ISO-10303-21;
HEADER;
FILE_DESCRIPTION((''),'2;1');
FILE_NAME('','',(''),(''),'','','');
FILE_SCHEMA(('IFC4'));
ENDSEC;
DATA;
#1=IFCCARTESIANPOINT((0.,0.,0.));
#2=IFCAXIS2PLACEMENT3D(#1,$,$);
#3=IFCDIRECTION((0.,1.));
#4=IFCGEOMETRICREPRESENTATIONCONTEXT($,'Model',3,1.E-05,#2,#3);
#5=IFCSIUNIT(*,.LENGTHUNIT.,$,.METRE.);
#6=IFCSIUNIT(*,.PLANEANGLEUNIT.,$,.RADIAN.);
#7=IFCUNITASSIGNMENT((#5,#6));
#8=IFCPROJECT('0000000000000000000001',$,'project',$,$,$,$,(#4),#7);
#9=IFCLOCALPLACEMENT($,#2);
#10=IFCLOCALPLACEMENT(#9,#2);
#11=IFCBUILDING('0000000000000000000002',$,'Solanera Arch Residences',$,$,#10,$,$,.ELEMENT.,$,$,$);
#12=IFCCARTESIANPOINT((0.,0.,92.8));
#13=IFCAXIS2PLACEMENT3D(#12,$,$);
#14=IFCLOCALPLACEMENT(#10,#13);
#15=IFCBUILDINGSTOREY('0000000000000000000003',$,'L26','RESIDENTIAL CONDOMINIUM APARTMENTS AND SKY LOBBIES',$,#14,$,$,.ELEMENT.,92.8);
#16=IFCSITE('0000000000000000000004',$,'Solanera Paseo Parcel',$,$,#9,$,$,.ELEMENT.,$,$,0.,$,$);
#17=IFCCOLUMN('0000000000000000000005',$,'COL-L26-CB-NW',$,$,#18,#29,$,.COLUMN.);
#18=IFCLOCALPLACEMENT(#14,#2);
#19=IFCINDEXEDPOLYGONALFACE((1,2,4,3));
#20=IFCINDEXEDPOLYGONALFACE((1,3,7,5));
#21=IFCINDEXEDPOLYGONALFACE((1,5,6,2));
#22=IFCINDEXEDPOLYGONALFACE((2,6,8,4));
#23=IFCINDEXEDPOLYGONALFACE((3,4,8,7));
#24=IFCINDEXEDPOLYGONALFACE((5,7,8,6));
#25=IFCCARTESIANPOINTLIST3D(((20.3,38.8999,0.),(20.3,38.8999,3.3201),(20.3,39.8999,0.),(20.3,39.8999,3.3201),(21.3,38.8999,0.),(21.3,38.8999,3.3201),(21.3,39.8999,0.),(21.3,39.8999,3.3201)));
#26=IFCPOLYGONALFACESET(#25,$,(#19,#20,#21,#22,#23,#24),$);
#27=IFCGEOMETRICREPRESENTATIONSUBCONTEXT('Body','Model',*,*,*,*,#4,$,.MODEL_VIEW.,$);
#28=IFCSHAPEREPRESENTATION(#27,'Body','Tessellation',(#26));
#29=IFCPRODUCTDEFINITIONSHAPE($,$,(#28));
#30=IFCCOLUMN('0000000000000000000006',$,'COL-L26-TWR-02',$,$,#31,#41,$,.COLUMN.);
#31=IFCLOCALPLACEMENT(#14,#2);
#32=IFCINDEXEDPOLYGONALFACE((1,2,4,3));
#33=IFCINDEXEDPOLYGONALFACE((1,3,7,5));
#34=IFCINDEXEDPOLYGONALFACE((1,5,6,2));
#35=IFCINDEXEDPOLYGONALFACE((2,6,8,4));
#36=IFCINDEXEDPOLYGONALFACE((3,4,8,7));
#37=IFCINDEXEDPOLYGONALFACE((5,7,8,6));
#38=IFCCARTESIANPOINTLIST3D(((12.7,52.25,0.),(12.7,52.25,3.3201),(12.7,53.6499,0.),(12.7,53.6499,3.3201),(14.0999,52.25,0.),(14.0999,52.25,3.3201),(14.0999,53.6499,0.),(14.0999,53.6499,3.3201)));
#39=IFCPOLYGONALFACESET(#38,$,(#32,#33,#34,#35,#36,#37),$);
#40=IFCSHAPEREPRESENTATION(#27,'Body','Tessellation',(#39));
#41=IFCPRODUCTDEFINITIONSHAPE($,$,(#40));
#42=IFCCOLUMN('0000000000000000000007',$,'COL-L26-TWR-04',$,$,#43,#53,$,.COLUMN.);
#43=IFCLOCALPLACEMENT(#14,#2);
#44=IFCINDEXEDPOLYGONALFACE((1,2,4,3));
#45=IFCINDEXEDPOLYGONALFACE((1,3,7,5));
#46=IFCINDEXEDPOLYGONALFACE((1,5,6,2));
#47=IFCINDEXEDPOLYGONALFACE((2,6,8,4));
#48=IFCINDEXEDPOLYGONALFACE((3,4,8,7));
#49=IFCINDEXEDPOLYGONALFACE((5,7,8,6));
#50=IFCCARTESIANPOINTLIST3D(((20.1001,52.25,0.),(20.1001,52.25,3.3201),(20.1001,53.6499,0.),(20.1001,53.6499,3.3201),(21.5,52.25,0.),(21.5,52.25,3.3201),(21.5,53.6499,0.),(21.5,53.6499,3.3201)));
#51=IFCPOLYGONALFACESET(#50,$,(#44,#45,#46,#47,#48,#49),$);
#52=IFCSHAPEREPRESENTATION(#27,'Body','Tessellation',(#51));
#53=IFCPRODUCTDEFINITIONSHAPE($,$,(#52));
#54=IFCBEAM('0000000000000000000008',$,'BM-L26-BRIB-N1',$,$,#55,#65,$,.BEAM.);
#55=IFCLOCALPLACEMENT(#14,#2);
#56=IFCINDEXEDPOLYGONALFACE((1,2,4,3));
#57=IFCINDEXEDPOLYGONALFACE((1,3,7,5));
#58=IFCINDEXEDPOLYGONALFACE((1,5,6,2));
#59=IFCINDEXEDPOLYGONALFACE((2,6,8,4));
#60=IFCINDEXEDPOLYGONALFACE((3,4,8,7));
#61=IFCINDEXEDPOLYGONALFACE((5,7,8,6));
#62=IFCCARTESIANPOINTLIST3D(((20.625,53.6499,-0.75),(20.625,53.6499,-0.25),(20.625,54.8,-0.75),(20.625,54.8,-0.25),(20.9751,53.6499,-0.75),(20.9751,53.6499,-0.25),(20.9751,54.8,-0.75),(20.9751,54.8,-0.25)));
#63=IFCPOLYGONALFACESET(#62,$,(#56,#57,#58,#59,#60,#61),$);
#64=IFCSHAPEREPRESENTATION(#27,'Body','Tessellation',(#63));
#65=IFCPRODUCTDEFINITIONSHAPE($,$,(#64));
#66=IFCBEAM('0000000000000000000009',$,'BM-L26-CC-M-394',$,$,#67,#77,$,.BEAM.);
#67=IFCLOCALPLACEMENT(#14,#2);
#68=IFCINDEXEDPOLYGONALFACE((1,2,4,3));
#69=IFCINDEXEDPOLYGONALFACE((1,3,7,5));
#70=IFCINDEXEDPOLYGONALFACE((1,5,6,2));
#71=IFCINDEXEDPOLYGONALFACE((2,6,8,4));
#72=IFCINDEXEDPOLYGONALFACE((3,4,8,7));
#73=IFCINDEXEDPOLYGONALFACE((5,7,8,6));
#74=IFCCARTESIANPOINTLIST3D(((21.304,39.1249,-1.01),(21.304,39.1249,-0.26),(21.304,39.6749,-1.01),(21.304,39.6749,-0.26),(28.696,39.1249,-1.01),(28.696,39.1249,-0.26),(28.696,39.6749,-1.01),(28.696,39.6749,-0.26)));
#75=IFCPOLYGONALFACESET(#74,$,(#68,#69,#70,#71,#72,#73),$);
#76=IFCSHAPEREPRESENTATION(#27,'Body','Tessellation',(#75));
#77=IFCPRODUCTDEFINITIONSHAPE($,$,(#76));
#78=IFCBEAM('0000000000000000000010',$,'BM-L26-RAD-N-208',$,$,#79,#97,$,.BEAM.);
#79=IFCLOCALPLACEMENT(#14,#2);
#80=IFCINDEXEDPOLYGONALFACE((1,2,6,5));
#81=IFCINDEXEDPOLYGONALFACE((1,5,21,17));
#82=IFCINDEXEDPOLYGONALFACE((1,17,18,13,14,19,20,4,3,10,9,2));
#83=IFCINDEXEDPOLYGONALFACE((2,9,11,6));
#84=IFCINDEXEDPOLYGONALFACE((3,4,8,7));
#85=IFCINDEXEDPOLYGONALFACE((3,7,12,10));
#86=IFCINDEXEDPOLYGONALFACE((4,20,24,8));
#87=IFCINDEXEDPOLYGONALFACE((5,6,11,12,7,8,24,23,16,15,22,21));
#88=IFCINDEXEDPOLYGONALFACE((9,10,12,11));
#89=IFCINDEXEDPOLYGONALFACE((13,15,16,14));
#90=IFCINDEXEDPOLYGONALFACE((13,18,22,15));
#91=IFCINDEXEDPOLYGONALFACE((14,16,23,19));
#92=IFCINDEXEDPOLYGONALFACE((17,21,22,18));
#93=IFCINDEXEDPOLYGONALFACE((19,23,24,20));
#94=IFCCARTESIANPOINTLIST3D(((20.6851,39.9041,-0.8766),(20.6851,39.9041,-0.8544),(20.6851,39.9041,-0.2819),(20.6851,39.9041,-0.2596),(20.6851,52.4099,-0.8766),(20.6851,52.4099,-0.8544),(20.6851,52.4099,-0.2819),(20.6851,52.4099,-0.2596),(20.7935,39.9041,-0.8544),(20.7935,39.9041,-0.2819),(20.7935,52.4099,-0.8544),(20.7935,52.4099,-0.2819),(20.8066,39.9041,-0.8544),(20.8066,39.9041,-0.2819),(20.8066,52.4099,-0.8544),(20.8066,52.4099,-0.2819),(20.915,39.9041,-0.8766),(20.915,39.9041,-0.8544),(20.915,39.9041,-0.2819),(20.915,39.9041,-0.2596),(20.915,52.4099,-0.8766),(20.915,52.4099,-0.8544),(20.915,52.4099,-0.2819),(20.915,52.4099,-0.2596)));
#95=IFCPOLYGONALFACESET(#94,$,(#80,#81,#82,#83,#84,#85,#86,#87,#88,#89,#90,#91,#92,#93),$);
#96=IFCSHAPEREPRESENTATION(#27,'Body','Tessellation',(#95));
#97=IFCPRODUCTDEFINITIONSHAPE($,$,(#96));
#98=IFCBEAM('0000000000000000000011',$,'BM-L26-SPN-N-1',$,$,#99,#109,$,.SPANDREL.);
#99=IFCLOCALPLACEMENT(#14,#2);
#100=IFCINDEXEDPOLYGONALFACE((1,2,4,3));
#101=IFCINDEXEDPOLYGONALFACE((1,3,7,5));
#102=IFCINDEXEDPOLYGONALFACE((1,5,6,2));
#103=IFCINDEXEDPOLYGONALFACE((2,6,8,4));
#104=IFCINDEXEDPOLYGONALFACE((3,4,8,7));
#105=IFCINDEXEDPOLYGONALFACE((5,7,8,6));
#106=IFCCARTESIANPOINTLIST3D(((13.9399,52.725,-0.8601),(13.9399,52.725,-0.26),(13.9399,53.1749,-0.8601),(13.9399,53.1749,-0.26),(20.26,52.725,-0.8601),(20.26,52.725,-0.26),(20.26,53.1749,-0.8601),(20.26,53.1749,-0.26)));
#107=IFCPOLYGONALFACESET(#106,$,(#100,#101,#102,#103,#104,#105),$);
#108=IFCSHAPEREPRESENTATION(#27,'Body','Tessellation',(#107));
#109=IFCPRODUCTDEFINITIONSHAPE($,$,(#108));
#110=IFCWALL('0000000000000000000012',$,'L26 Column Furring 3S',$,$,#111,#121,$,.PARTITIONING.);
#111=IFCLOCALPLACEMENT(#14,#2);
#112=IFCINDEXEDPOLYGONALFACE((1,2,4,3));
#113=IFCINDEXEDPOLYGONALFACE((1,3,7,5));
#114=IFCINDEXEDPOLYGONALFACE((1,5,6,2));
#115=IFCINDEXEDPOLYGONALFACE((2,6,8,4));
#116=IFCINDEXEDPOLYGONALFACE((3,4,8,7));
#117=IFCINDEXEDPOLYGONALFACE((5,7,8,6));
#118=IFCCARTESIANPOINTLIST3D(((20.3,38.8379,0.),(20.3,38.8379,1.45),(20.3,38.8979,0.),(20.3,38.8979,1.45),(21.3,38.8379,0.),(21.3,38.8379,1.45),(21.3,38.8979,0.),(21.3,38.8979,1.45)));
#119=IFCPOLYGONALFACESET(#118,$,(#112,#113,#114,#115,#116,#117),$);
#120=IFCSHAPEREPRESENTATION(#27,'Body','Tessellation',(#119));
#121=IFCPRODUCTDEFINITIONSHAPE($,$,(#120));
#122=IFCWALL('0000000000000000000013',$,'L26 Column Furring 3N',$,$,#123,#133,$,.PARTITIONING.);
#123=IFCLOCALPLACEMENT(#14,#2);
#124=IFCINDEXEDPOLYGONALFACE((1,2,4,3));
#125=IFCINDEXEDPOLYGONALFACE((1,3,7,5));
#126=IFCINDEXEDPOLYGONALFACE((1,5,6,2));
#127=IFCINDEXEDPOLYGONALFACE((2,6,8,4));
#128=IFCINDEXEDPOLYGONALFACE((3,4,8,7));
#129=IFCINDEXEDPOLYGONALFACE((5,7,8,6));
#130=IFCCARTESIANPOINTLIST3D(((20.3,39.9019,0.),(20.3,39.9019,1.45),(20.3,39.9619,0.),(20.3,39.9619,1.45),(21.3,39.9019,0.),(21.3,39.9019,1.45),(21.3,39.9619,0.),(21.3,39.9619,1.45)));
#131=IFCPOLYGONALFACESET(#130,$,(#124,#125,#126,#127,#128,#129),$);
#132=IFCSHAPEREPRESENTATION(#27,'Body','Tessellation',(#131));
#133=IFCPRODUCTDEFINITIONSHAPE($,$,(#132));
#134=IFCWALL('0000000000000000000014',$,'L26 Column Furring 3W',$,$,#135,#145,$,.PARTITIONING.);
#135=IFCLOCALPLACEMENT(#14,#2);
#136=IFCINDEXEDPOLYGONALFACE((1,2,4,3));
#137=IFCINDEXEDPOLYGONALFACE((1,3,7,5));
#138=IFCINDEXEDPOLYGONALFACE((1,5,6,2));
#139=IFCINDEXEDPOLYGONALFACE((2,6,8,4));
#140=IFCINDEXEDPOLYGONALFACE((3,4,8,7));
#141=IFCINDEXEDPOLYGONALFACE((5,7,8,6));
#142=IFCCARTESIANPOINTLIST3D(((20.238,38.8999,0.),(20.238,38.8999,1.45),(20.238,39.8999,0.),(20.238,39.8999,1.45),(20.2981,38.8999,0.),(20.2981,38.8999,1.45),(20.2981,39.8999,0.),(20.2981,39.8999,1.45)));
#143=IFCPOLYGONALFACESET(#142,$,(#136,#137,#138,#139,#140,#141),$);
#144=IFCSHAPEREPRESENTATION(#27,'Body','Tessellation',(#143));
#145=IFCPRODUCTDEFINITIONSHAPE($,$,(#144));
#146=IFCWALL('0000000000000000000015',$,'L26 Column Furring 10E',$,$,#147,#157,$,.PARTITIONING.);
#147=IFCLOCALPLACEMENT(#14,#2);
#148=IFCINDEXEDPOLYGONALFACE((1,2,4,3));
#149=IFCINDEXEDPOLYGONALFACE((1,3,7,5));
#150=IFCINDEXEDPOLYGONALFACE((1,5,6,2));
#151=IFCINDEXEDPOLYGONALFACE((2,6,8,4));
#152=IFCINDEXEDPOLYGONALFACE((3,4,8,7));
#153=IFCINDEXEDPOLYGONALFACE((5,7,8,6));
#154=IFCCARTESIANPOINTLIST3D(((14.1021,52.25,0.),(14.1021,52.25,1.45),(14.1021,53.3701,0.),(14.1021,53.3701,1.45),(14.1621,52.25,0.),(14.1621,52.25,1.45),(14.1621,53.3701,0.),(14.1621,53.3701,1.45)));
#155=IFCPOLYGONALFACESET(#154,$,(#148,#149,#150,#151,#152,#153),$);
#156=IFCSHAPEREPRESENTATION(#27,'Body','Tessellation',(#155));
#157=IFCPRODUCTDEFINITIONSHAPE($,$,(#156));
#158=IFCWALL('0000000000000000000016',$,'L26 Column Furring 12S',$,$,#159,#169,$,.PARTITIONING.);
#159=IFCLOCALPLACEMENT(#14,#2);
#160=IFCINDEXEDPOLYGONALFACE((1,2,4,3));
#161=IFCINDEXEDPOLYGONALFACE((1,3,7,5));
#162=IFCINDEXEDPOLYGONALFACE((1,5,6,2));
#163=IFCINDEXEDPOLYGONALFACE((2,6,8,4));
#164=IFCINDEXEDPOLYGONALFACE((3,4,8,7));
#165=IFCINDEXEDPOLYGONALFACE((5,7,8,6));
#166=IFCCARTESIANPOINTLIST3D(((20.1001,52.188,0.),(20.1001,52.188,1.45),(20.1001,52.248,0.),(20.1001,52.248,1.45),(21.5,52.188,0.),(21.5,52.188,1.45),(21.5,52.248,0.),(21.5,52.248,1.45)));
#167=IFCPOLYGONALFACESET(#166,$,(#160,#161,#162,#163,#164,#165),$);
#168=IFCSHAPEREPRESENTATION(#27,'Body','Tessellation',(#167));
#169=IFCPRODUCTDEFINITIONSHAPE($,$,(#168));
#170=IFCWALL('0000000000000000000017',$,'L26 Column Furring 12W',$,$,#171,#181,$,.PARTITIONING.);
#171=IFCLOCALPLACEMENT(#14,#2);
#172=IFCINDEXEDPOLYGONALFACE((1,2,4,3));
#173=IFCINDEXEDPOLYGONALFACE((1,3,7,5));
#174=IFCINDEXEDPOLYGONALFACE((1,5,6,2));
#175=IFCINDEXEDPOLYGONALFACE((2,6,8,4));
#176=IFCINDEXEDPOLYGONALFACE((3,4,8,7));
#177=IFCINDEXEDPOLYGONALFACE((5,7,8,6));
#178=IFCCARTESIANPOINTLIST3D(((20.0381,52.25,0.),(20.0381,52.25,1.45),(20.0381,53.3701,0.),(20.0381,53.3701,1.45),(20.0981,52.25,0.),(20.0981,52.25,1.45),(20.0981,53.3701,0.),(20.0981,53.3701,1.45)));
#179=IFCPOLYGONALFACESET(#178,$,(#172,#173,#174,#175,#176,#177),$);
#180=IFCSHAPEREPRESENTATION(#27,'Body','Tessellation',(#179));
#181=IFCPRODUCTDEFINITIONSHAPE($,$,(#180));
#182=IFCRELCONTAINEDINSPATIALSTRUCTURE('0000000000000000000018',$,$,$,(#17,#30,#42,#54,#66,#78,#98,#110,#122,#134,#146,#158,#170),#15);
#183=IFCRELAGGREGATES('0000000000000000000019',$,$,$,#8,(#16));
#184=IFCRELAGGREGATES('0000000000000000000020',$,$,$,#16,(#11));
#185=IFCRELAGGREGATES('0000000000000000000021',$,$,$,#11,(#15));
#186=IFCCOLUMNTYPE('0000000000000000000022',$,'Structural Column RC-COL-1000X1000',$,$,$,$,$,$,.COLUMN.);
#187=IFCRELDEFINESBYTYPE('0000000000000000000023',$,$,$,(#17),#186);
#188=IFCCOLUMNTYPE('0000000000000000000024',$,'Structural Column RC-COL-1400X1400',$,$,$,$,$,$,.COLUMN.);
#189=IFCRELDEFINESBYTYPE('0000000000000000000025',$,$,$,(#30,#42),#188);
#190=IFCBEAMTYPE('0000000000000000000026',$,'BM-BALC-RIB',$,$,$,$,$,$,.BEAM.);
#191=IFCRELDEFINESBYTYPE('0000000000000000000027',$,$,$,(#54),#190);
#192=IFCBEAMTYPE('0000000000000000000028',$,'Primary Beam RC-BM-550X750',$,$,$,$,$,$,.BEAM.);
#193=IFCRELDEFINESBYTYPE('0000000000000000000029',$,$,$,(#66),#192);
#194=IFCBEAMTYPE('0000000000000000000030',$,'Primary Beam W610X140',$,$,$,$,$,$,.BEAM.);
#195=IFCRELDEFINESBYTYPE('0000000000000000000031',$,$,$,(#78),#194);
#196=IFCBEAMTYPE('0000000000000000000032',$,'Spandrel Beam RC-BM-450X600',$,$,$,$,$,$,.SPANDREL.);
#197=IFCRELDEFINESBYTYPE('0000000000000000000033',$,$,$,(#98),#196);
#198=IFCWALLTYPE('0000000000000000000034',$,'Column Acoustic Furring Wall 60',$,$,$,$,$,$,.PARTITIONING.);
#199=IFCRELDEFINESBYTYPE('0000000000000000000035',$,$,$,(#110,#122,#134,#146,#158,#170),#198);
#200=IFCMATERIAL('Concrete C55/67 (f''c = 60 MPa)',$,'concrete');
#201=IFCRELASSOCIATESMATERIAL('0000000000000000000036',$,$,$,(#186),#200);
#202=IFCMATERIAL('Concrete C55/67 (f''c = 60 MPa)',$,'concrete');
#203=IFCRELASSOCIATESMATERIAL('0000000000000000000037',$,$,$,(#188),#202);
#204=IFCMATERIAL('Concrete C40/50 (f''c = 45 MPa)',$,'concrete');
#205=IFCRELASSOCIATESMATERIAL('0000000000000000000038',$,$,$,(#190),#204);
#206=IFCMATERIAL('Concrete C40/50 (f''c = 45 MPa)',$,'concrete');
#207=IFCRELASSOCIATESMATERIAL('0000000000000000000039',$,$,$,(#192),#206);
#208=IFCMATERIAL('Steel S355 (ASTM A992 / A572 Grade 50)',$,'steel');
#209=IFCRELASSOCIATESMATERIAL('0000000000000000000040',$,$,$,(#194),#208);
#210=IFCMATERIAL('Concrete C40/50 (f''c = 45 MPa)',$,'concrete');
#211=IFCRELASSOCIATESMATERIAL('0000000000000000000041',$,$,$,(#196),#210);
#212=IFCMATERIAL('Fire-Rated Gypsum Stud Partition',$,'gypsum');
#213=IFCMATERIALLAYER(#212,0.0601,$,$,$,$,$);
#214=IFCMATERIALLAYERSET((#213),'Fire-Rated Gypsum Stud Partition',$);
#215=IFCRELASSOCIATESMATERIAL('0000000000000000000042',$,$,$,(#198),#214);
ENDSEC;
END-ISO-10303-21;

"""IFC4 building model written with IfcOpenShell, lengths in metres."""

from ifc_helpers import new_model, si_unit, direction, frame, frame_2d, origin, origin_2d, place, context, subcontext, project, spatial, rectangle, i_section, extrude, material, layer, layer_set, material_profile, profile_set, type_object, element, save


model = new_model("IFC4")

# Units and contexts
model_context = context("Model", 3, precision=1e-05, world=origin(), true_north=direction((0.0, 1.0)))
body_context = subcontext(model_context, "Body", "Model", "MODEL_VIEW")
ifc_project = project(units=[si_unit("LENGTHUNIT", "METRE"), si_unit("PLANEANGLEUNIT", "RADIAN")], contexts=[model_context])

# Site, building, storey
site_placement = place(None, origin())
site = spatial("IfcSite", under=ifc_project, at=site_placement, Name="Solanera Paseo Parcel", CompositionType="ELEMENT", RefElevation=0.0)
building_placement = place(site_placement, origin())
building = spatial("IfcBuilding", under=site, at=building_placement, Name="Solanera Arch Residences", CompositionType="ELEMENT")
storey_placement = place(building_placement, frame((0.0, 0.0, 92.8)))
storey = spatial("IfcBuildingStorey", under=building, at=storey_placement, Name="L26", Description="RESIDENTIAL CONDOMINIUM APARTMENTS AND SKY LOBBIES", CompositionType="ELEMENT", Elevation=92.8)

# Columns
ifc_material_1 = material(Name="Concrete C55/67 (f'c = 60 MPa)", Category="concrete")
ifc_material_profile_1 = material_profile(ifc_material_1, rectangle(XDim=1.0, YDim=1.0, at=origin_2d()))
ifc_profile_set_1 = profile_set([ifc_material_profile_1], Name="Concrete C55/67 (f'c = 60 MPa)")
column_type_1 = type_object("IfcColumnType", Name="Structural Column RC-COL-1000X1000", PredefinedType="COLUMN", material=ifc_profile_set_1)
column_placement = place(storey_placement, frame((20.8, 39.3999, 0.0), z_axis=(0.0, 0.0, 1.0), x_axis=(1.0, 0.0, 0.0)))
element("IfcColumn", 1, at=column_placement, inside=storey, type_object=column_type_1, Name="COL-L26-CB-NW", PredefinedType="COLUMN", context=body_context, shape_type="SweptSolid", body=[
    extrude(rectangle(XDim=1.0, YDim=1.0, at=origin_2d()), origin(), (0.0, 0.0, 1.0), 3.3201),
])
ifc_material_2 = material(Name="Concrete C55/67 (f'c = 60 MPa)", Category="concrete")
ifc_material_profile_2 = material_profile(ifc_material_2, rectangle(XDim=1.3999, YDim=1.3999, at=origin_2d()))
ifc_profile_set_2 = profile_set([ifc_material_profile_2], Name="Concrete C55/67 (f'c = 60 MPa)")
column_type_2 = type_object("IfcColumnType", Name="Structural Column RC-COL-1400X1400", PredefinedType="COLUMN", material=ifc_profile_set_2)
for number, where, z_axis, x_axis, name in (
    (2, (13.3999, 52.95, 0.0), (0.0, 0.0, 1.0), (1.0, 0.0, 0.0), "COL-L26-TWR-02"),
    (3, (20.8, 52.95, 0.0), (0.0, 0.0, 1.0), (1.0, 0.0, 0.0), "COL-L26-TWR-04"),
):
    element("IfcColumn", number, at=place(storey_placement, frame(where, z_axis=z_axis, x_axis=x_axis)), inside=storey, type_object=column_type_2, Name=name, PredefinedType="COLUMN", context=body_context, shape_type="SweptSolid", body=[
        extrude(rectangle(XDim=1.3999, YDim=1.3999, at=origin_2d()), origin(), (0.0, 0.0, 1.0), 3.3201),
    ])

# Beams
ifc_material_3 = material(Name="Concrete C40/50 (f'c = 45 MPa)", Category="concrete")
ifc_material_profile_3 = material_profile(ifc_material_3, rectangle(XDim=0.3501, YDim=0.5, at=origin_2d()))
ifc_profile_set_3 = profile_set([ifc_material_profile_3], Name="Concrete C40/50 (f'c = 45 MPa)")
beam_type_1 = type_object("IfcBeamType", Name="BM-BALC-RIB", PredefinedType="BEAM", material=ifc_profile_set_3)
beam_1_placement = place(storey_placement, frame((20.8, 53.6499, -0.5), z_axis=(0.0, 1.0, 0.0), x_axis=(-1.0, 0.0, 0.0)))
element("IfcBeam", 4, at=beam_1_placement, inside=storey, type_object=beam_type_1, Name="BM-L26-BRIB-N1", PredefinedType="BEAM", context=body_context, shape_type="SweptSolid", body=[
    extrude(rectangle(XDim=0.3501, YDim=0.5, at=origin_2d()), origin(), (0.0, 0.0, 1.0), 1.1501),
])
ifc_material_4 = material(Name="Concrete C40/50 (f'c = 45 MPa)", Category="concrete")
ifc_material_profile_4 = material_profile(ifc_material_4, rectangle(XDim=0.55, YDim=0.75, at=origin_2d()))
ifc_profile_set_4 = profile_set([ifc_material_profile_4], Name="Concrete C40/50 (f'c = 45 MPa)")
beam_type_2 = type_object("IfcBeamType", Name="Primary Beam RC-BM-550X750", PredefinedType="BEAM", material=ifc_profile_set_4)
beam_2_placement = place(storey_placement, frame((21.304, 39.3999, -0.635), z_axis=(1.0, 0.0, 0.0), x_axis=(0.0, 1.0, 0.0)))
element("IfcBeam", 5, at=beam_2_placement, inside=storey, type_object=beam_type_2, Name="BM-L26-CC-M-394", PredefinedType="BEAM", context=body_context, shape_type="SweptSolid", body=[
    extrude(rectangle(XDim=0.55, YDim=0.75, at=origin_2d()), origin(), (0.0, 0.0, 1.0), 7.3921),
])
ifc_material_5 = material(Name="Steel S355 (ASTM A992 / A572 Grade 50)", Category="steel")
ifc_material_profile_5 = material_profile(ifc_material_5, i_section(OverallWidth=0.23, OverallDepth=0.6169, WebThickness=0.0132, FlangeThickness=0.0222, at=origin_2d()))
ifc_profile_set_5 = profile_set([ifc_material_profile_5], Name="Steel S355 (ASTM A992 / A572 Grade 50)")
beam_type_3 = type_object("IfcBeamType", Name="Primary Beam W610X140", PredefinedType="BEAM", material=ifc_profile_set_5)
beam_3_placement = place(storey_placement, frame((20.8, 39.9041, -0.5681), z_axis=(0.0, 1.0, 0.0), x_axis=(-1.0, 0.0, 0.0)))
element("IfcBeam", 6, at=beam_3_placement, inside=storey, type_object=beam_type_3, Name="BM-L26-RAD-N-208", PredefinedType="BEAM", context=body_context, shape_type="SweptSolid", body=[
    extrude(i_section(OverallWidth=0.23, OverallDepth=0.6169, WebThickness=0.0132, FlangeThickness=0.0222, at=origin_2d()), origin(), (0.0, 0.0, 1.0), 12.5059),
])
ifc_material_6 = material(Name="Concrete C40/50 (f'c = 45 MPa)", Category="concrete")
ifc_material_profile_6 = material_profile(ifc_material_6, rectangle(XDim=0.45, YDim=0.6001, at=origin_2d()))
ifc_profile_set_6 = profile_set([ifc_material_profile_6], Name="Concrete C40/50 (f'c = 45 MPa)")
beam_type_4 = type_object("IfcBeamType", Name="Spandrel Beam RC-BM-450X600", PredefinedType="SPANDREL", material=ifc_profile_set_6)
beam_4_placement = place(storey_placement, frame((13.9399, 52.95, -0.5601), z_axis=(1.0, 0.0, 0.0), x_axis=(0.0, 1.0, 0.0)))
element("IfcBeam", 7, at=beam_4_placement, inside=storey, type_object=beam_type_4, Name="BM-L26-SPN-N-1", PredefinedType="SPANDREL", context=body_context, shape_type="SweptSolid", body=[
    extrude(rectangle(XDim=0.45, YDim=0.6001, at=origin_2d()), origin(), (0.0, 0.0, 1.0), 6.3201),
])

# Walls
ifc_material_7 = material(Name="Fire-Rated Gypsum Stud Partition", Category="gypsum")
ifc_layer_1 = layer(ifc_material_7, 0.0601)
ifc_layer_set_1 = layer_set([ifc_layer_1], Name="Fire-Rated Gypsum Stud Partition")
wall_type_1 = type_object("IfcWallType", Name="Column Acoustic Furring Wall 60", PredefinedType="PARTITIONING", material=ifc_layer_set_1)
for number, where, z_axis, x_axis, name in (
    (8, (20.3, 38.8679, 0.0), (0.0, 0.0, 1.0), (1.0, 0.0, 0.0), "L26 Column Furring 3S"),
    (9, (20.3, 39.9319, 0.0), (0.0, 0.0, 1.0), (1.0, 0.0, 0.0), "L26 Column Furring 3N"),
    (10, (20.2681, 38.8999, 0.0), (0.0, 0.0, 1.0), (0.0, 1.0, 0.0), "L26 Column Furring 3W"),
):
    element("IfcWall", number, at=place(storey_placement, frame(where, z_axis=z_axis, x_axis=x_axis)), inside=storey, type_object=wall_type_1, Name=name, PredefinedType="PARTITIONING", context=body_context, shape_type="SweptSolid", body=[
        extrude(rectangle(XDim=1.0, YDim=0.0601, at=frame_2d((0.5, 0.0))), origin(), (0.0, 0.0, 1.0), 1.45),
    ])
wall_1_placement = place(storey_placement, frame((14.1321, 52.25, 0.0), z_axis=(0.0, 0.0, 1.0), x_axis=(0.0, 1.0, 0.0)))
element("IfcWall", 11, at=wall_1_placement, inside=storey, type_object=wall_type_1, Name="L26 Column Furring 10E", PredefinedType="PARTITIONING", context=body_context, shape_type="SweptSolid", body=[
    extrude(rectangle(XDim=1.1201, YDim=0.0601, at=frame_2d((0.5601, 0.0))), origin(), (0.0, 0.0, 1.0), 1.45),
])
wall_2_placement = place(storey_placement, frame((20.1001, 52.218, 0.0), z_axis=(0.0, 0.0, 1.0), x_axis=(1.0, 0.0, 0.0)))
element("IfcWall", 12, at=wall_2_placement, inside=storey, type_object=wall_type_1, Name="L26 Column Furring 12S", PredefinedType="PARTITIONING", context=body_context, shape_type="SweptSolid", body=[
    extrude(rectangle(XDim=1.3999, YDim=0.0601, at=frame_2d((0.7, 0.0))), origin(), (0.0, 0.0, 1.0), 1.45),
])
wall_3_placement = place(storey_placement, frame((20.0681, 52.25, 0.0), z_axis=(0.0, 0.0, 1.0), x_axis=(0.0, 1.0, 0.0)))
element("IfcWall", 13, at=wall_3_placement, inside=storey, type_object=wall_type_1, Name="L26 Column Furring 12W", PredefinedType="PARTITIONING", context=body_context, shape_type="SweptSolid", body=[
    extrude(rectangle(XDim=1.1201, YDim=0.0601, at=frame_2d((0.5601, 0.0))), origin(), (0.0, 0.0, 1.0), 1.45),
])

save(model, "model.ifc")
